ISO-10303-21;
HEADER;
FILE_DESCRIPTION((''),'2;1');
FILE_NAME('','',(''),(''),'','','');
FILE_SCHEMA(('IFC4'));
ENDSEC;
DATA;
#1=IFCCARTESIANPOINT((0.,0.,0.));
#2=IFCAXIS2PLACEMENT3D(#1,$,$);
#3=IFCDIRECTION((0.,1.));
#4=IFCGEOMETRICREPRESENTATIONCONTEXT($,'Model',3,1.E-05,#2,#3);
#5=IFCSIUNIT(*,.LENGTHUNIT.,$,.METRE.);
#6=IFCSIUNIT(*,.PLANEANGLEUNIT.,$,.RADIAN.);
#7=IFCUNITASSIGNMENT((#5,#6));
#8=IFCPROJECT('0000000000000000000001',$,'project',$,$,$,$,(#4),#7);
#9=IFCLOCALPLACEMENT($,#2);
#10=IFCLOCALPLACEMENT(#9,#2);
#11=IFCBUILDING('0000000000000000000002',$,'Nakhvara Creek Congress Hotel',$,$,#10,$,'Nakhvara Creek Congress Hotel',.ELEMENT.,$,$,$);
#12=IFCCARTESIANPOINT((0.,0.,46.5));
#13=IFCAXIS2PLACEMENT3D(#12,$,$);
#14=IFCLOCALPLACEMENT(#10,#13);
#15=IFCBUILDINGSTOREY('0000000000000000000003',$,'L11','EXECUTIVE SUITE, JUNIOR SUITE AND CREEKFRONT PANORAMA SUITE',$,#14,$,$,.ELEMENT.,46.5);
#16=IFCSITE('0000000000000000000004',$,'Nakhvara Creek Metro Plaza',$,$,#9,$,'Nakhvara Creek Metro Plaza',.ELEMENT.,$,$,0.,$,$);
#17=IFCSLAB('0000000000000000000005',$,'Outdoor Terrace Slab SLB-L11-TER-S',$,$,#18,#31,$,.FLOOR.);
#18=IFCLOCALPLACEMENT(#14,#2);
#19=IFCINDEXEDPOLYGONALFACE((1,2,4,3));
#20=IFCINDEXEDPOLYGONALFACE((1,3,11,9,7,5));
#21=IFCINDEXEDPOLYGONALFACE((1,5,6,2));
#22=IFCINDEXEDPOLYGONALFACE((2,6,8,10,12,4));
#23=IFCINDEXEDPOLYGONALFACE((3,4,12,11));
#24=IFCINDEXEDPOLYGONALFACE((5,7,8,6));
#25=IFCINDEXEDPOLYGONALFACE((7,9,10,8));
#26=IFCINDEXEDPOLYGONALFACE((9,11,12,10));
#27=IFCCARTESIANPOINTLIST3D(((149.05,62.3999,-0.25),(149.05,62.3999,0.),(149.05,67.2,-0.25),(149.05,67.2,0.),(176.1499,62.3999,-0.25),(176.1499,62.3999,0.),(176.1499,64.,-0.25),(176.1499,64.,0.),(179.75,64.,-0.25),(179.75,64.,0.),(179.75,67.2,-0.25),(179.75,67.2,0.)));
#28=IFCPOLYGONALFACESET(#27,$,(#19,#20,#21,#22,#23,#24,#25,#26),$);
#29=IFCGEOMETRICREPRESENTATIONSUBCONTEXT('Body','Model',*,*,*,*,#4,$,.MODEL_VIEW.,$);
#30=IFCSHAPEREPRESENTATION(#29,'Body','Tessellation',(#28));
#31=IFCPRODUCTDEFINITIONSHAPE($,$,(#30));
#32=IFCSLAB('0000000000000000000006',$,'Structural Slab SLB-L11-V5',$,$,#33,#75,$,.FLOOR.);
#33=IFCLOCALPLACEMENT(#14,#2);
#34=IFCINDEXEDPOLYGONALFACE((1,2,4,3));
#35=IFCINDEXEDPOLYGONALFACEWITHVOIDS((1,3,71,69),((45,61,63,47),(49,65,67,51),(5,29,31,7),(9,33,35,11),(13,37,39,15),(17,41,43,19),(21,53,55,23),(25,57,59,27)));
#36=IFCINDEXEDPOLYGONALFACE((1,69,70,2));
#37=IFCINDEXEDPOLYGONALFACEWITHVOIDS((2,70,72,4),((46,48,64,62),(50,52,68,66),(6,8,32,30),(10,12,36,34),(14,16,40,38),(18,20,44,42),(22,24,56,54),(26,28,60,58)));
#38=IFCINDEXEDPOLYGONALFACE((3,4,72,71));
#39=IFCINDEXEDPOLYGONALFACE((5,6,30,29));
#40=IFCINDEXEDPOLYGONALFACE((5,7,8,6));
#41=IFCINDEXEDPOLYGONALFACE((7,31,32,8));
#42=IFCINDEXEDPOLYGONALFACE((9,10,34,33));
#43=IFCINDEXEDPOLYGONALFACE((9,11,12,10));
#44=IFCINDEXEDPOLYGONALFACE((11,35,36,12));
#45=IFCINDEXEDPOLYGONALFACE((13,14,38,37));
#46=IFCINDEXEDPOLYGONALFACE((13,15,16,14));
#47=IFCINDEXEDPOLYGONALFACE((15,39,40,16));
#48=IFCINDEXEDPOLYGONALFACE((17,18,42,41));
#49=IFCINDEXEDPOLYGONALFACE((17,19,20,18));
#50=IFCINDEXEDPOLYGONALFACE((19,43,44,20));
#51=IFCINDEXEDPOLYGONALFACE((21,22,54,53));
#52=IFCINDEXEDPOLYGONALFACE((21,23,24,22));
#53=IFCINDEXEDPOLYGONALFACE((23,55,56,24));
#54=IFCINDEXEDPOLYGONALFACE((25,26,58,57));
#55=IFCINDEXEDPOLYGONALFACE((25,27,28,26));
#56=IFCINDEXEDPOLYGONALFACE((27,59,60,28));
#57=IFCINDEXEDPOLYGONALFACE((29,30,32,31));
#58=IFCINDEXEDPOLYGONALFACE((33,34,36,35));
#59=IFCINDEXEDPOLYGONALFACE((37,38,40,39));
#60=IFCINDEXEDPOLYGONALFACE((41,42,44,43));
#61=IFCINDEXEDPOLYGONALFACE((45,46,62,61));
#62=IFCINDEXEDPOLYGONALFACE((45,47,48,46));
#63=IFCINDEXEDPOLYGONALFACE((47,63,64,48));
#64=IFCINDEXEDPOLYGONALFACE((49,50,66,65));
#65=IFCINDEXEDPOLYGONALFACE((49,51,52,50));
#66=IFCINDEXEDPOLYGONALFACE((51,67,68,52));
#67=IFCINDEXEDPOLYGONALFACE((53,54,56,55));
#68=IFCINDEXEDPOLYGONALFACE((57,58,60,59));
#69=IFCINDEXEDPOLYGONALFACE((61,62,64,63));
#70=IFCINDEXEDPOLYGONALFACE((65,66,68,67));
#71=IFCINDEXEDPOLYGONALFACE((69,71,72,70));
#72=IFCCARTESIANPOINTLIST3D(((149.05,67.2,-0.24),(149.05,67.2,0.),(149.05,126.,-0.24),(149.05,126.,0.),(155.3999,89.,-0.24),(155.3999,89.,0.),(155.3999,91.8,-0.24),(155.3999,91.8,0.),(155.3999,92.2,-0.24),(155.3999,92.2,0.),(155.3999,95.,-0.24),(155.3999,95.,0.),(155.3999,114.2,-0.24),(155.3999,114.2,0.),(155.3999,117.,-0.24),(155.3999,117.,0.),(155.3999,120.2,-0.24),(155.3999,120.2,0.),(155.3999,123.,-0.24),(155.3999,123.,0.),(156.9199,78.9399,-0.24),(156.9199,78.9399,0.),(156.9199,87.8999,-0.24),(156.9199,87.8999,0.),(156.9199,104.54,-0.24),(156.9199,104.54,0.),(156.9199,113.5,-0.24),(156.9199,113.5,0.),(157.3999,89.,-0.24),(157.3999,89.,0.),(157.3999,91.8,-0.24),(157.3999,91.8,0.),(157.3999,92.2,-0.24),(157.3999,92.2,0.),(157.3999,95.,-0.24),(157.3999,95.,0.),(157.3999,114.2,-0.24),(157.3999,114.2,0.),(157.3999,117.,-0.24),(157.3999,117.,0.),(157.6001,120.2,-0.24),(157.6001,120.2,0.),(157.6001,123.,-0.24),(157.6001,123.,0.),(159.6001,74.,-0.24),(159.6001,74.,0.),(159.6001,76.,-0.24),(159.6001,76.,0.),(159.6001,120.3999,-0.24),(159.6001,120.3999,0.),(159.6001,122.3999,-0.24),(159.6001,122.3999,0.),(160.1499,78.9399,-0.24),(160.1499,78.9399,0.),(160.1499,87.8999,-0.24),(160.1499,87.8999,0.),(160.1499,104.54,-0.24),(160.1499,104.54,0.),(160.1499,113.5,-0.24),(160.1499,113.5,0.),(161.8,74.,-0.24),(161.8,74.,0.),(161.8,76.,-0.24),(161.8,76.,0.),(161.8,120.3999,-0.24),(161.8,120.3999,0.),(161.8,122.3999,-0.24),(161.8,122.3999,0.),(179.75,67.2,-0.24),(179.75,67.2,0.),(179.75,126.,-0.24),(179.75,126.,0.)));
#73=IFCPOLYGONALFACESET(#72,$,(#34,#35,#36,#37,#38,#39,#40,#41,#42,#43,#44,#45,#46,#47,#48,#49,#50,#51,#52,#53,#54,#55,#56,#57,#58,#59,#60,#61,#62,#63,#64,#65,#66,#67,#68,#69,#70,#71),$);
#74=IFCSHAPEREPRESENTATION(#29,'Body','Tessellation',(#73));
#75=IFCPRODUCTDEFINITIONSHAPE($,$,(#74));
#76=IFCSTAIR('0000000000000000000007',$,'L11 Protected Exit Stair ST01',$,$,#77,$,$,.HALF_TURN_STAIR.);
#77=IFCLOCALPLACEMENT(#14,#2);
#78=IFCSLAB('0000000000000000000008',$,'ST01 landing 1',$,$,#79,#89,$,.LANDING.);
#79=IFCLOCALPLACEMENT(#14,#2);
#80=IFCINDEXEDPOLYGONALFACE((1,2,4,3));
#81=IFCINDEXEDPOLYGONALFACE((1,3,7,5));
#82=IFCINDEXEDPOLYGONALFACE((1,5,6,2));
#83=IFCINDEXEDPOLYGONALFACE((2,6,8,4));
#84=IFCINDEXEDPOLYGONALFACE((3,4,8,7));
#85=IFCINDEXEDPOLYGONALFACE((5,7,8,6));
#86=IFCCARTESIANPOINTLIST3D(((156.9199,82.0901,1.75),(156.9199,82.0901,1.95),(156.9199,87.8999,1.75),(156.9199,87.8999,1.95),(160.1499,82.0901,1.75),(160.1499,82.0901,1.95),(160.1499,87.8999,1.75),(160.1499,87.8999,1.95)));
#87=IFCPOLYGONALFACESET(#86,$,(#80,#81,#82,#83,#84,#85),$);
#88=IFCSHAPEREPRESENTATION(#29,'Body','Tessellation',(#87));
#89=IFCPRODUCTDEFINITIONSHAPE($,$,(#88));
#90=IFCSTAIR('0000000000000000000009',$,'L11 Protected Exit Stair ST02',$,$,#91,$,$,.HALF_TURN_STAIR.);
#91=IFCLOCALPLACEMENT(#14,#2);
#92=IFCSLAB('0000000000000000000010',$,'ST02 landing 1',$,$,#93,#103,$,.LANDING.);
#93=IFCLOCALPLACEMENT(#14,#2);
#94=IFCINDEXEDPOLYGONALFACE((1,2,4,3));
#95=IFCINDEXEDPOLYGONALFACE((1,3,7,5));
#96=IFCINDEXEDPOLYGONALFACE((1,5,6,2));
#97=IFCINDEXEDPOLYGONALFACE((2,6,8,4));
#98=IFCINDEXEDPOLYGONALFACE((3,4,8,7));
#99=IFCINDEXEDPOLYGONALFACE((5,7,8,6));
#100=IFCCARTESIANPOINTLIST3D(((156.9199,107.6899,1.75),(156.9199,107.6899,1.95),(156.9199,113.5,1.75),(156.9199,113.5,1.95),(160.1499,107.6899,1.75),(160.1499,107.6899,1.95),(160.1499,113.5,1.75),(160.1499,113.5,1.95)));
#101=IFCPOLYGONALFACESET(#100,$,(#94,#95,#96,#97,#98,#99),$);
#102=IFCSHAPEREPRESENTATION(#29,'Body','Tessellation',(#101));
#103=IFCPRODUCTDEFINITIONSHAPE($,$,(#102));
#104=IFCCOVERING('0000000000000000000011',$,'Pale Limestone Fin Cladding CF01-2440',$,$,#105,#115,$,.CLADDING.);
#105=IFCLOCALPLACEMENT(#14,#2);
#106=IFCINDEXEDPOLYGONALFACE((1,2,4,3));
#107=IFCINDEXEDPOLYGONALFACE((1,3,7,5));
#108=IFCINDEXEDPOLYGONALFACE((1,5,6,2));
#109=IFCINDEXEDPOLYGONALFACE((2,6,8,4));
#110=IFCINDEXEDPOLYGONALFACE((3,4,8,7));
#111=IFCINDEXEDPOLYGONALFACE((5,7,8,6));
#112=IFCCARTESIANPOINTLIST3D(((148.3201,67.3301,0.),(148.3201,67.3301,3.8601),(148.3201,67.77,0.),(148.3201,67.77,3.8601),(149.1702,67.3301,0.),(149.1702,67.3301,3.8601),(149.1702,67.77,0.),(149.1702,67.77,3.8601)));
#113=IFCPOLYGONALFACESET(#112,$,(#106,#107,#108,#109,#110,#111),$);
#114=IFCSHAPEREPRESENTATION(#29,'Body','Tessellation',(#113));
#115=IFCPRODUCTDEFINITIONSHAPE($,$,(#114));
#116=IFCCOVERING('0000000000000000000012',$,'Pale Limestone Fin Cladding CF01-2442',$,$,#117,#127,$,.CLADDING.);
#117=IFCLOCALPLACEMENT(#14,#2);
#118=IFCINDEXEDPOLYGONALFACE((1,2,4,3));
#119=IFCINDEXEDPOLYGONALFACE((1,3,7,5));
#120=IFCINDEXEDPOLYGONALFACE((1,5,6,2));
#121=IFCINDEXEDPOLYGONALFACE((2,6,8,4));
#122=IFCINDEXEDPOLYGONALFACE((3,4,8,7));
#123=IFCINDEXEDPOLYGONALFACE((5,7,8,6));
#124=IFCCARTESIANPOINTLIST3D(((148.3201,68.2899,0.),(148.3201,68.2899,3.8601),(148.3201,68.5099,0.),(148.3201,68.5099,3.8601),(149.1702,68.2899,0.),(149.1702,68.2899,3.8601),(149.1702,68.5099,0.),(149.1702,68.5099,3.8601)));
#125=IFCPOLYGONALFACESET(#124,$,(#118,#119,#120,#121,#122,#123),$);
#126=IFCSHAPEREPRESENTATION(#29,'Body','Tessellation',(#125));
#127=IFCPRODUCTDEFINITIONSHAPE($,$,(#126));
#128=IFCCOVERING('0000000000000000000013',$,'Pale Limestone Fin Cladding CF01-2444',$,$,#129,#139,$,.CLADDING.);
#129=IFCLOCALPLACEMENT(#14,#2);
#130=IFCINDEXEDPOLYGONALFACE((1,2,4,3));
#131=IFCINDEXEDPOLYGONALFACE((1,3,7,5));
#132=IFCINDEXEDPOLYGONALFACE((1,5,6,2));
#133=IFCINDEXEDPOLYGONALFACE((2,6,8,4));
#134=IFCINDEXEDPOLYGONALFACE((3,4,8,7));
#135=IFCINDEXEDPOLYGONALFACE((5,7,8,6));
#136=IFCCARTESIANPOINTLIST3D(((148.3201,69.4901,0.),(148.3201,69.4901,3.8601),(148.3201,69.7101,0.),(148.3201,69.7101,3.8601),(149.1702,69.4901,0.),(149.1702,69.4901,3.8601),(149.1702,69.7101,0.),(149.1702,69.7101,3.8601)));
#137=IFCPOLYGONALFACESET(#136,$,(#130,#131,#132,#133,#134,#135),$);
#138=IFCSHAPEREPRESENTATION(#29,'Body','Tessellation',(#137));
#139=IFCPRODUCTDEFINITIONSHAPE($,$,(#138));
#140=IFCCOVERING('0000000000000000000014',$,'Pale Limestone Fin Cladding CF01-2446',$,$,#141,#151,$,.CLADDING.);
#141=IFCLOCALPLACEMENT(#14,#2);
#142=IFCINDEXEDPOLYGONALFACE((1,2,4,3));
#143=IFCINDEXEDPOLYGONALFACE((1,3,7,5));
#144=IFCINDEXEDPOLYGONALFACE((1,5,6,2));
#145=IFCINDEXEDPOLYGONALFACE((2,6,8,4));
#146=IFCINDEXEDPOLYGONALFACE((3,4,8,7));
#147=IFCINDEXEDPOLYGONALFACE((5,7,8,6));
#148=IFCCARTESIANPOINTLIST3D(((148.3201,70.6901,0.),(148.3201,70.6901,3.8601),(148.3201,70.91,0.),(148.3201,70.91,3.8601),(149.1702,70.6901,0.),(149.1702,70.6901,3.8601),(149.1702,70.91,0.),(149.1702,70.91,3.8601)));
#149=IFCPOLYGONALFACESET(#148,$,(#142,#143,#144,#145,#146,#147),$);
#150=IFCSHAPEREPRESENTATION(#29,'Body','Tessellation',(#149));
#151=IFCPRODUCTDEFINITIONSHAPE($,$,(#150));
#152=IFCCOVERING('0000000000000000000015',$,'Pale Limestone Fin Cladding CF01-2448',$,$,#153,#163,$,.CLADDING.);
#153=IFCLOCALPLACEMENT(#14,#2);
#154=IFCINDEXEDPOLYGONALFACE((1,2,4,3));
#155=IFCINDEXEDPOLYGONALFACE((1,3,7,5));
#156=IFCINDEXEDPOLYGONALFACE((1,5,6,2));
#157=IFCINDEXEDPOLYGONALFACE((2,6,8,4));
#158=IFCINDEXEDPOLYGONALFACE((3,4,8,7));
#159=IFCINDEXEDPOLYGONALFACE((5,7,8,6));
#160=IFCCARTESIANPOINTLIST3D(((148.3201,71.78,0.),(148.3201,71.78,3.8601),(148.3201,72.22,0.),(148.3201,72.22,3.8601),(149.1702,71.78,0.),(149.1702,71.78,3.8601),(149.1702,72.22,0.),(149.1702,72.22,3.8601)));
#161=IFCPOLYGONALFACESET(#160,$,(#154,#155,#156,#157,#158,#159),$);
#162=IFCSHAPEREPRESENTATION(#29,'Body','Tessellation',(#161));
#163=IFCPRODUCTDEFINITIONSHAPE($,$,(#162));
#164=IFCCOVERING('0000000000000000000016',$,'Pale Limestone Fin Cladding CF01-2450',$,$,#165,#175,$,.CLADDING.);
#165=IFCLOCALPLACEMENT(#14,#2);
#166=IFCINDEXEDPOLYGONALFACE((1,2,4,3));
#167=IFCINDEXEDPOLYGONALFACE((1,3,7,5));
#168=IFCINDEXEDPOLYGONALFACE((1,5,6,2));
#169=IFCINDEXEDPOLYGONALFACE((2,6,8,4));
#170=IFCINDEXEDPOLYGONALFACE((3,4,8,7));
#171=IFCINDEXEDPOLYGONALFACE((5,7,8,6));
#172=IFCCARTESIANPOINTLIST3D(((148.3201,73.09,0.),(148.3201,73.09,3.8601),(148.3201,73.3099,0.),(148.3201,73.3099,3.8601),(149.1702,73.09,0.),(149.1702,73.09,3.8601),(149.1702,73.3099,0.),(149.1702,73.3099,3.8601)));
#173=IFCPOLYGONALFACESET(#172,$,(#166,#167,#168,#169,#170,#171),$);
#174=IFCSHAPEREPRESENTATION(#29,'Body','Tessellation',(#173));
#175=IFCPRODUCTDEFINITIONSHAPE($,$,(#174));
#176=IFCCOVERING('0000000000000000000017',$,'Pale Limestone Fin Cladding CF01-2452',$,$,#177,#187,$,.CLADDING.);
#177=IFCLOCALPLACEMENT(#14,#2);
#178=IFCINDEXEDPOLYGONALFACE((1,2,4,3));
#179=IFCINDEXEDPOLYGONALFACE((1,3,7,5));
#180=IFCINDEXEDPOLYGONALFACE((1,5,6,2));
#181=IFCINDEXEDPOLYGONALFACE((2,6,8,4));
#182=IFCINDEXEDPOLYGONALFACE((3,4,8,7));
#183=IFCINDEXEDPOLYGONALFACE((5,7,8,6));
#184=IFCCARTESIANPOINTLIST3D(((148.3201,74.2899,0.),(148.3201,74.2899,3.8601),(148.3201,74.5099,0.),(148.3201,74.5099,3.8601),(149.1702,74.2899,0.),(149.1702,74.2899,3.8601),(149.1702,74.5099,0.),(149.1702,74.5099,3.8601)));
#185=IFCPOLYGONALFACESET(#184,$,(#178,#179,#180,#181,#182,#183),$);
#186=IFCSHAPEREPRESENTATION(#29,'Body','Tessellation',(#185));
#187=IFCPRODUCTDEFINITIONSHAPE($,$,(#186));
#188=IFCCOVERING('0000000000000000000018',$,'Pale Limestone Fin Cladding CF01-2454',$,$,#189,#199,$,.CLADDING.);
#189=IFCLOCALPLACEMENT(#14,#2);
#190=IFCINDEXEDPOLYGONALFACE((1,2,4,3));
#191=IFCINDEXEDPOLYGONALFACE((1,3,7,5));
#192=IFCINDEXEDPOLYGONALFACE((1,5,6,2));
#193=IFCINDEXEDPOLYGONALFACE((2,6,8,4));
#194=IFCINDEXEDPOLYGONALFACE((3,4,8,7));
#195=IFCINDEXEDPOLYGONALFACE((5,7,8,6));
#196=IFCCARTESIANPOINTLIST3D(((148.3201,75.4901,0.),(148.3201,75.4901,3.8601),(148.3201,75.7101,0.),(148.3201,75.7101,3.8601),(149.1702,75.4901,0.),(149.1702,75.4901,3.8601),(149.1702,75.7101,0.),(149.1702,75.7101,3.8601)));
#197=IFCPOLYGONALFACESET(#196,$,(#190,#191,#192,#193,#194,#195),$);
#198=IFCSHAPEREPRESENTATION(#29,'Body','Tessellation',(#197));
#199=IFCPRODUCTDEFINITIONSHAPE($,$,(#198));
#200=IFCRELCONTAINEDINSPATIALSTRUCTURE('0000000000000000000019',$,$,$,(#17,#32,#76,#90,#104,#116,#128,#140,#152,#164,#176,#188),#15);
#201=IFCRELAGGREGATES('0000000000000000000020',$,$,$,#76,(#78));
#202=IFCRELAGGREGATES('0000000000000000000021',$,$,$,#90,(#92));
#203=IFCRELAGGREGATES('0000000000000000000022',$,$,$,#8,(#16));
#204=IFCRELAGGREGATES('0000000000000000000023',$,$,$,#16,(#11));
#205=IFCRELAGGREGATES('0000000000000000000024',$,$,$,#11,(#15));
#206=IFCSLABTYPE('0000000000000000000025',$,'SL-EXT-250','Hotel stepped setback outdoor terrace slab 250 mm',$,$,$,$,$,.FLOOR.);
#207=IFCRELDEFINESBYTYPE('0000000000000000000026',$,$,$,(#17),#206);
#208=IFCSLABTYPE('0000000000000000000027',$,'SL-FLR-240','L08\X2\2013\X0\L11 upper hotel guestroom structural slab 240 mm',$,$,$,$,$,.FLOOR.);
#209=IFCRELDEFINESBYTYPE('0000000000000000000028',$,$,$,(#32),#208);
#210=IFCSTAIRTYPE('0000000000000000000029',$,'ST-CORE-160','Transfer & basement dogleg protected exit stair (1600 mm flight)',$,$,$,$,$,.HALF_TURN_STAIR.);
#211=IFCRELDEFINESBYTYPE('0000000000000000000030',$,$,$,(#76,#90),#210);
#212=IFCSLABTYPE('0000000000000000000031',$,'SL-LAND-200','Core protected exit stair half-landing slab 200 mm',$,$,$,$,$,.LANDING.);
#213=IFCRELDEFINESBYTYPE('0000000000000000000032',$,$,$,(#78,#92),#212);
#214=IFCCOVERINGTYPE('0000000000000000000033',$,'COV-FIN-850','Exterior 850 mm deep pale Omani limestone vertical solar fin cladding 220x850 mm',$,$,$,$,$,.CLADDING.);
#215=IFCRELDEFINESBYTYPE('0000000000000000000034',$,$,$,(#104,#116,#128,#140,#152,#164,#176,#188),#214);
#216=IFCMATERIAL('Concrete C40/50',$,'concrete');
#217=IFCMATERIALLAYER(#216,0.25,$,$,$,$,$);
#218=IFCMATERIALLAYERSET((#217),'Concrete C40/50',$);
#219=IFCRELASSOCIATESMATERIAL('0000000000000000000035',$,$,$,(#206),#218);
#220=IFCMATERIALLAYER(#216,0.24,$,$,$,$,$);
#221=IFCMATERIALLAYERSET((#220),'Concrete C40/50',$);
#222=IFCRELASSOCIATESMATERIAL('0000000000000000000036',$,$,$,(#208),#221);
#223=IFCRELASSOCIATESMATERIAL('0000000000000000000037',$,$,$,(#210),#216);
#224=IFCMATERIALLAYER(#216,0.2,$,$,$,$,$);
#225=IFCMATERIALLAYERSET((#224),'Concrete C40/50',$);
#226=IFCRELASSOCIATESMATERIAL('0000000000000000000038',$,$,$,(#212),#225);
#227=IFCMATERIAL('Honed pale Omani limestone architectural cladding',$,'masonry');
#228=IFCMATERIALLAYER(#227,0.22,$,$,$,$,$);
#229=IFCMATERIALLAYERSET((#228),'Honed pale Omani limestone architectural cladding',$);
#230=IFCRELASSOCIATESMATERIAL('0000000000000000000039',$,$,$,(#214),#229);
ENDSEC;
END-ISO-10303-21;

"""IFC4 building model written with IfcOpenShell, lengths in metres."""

from ifc_helpers import new_model, si_unit, direction, frame, origin, origin_2d, place, context, subcontext, project, spatial, polyline, rectangle, outline, extrude, material, layer, layer_set, type_object, element, aggregate, save


model = new_model("IFC4")

# Units and contexts
model_context = context("Model", 3, precision=1e-05, world=origin(), true_north=direction((0.0, 1.0)))
body_context = subcontext(model_context, "Body", "Model", "MODEL_VIEW")
ifc_project = project(units=[si_unit("LENGTHUNIT", "METRE"), si_unit("PLANEANGLEUNIT", "RADIAN")], contexts=[model_context])

# Site, building, storey
site_placement = place(None, origin())
site = spatial("IfcSite", under=ifc_project, at=site_placement, Name="Nakhvara Creek Metro Plaza", LongName="Nakhvara Creek Metro Plaza", CompositionType="ELEMENT", RefElevation=0.0)
building_placement = place(site_placement, origin())
building = spatial("IfcBuilding", under=site, at=building_placement, Name="Nakhvara Creek Congress Hotel", LongName="Nakhvara Creek Congress Hotel", CompositionType="ELEMENT")
storey_placement = place(building_placement, frame((0.0, 0.0, 46.5)))
storey = spatial("IfcBuildingStorey", under=building, at=storey_placement, Name="L11", Description="EXECUTIVE SUITE, JUNIOR SUITE AND CREEKFRONT PANORAMA SUITE", CompositionType="ELEMENT", Elevation=46.5)

# Slabs
ifc_material_1 = material(Name="Concrete C40/50", Category="concrete")
ifc_layer_1 = layer(ifc_material_1, 0.25)
ifc_layer_set_1 = layer_set([ifc_layer_1], Name="Concrete C40/50")
slab_type_1 = type_object("IfcSlabType", Name="SL-EXT-250", Description="Hotel stepped setback outdoor terrace slab 250 mm", PredefinedType="FLOOR", material=ifc_layer_set_1)
slab_1_placement = place(storey_placement, frame((0.0, 0.0, -0.25)))
element("IfcSlab", 1, at=slab_1_placement, inside=storey, type_object=slab_type_1, Name="Outdoor Terrace Slab SLB-L11-TER-S", PredefinedType="FLOOR", context=body_context, shape_type="SweptSolid", body=[
    extrude(outline(polyline([(149.05, 62.3999), (176.1499, 62.3999), (176.1499, 64.0), (179.75, 64.0), (179.75, 67.2), (149.05, 67.2), (149.05, 62.3999)])), origin(), (0.0, 0.0, 1.0), 0.25),
])
ifc_layer_2 = layer(ifc_material_1, 0.24)
ifc_layer_set_2 = layer_set([ifc_layer_2], Name="Concrete C40/50")
slab_type_2 = type_object("IfcSlabType", Name="SL-FLR-240", Description="L08–L11 upper hotel guestroom structural slab 240 mm", PredefinedType="FLOOR", material=ifc_layer_set_2)
slab_2_placement = place(storey_placement, frame((0.0, 0.0, -0.24)))
element("IfcSlab", 2, at=slab_2_placement, inside=storey, type_object=slab_type_2, Name="Structural Slab SLB-L11-V5", PredefinedType="FLOOR", context=body_context, shape_type="SweptSolid", body=[
    extrude(outline(polyline([(149.05, 126.0), (179.75, 126.0), (179.75, 67.2), (149.05, 67.2), (149.05, 126.0)]), holes=[polyline([(161.8, 74.0), (161.8, 76.0), (159.6001, 76.0), (159.6001, 74.0), (161.8, 74.0)]), polyline([(160.1499, 87.8999), (156.9199, 87.8999), (156.9199, 78.9399), (160.1499, 78.9399), (160.1499, 87.8999)]), polyline([(157.3999, 89.0), (157.3999, 91.8), (155.3999, 91.8), (155.3999, 89.0), (157.3999, 89.0)]), polyline([(157.3999, 92.2), (157.3999, 95.0), (155.3999, 95.0), (155.3999, 92.2), (157.3999, 92.2)]), polyline([(160.1499, 113.5), (156.9199, 113.5), (156.9199, 104.54), (160.1499, 104.54), (160.1499, 113.5)]), polyline([(157.3999, 114.2), (157.3999, 117.0), (155.3999, 117.0), (155.3999, 114.2), (157.3999, 114.2)]), polyline([(161.8, 120.3999), (161.8, 122.3999), (159.6001, 122.3999), (159.6001, 120.3999), (161.8, 120.3999)]), polyline([(157.6001, 120.2), (157.6001, 123.0), (155.3999, 123.0), (155.3999, 120.2), (157.6001, 120.2)])]), origin(), (0.0, 0.0, 1.0), 0.24),
])

# Stairs, slabs
stair_type = type_object("IfcStairType", Name="ST-CORE-160", Description="Transfer & basement dogleg protected exit stair (1600 mm flight)", PredefinedType="HALF_TURN_STAIR", material=ifc_material_1)
stair_1_placement = place(storey_placement, origin())
stair_1 = element("IfcStair", 3, at=stair_1_placement, inside=storey, type_object=stair_type, Name="L11 Protected Exit Stair ST01", PredefinedType="HALF_TURN_STAIR")
ifc_layer_3 = layer(ifc_material_1, 0.2)
ifc_layer_set_3 = layer_set([ifc_layer_3], Name="Concrete C40/50")
slab_type_3 = type_object("IfcSlabType", Name="SL-LAND-200", Description="Core protected exit stair half-landing slab 200 mm", PredefinedType="LANDING", material=ifc_layer_set_3)
slab_3_placement = place(storey_placement, frame((0.0, 0.0, 1.75)))
slab_3 = element("IfcSlab", 4, at=slab_3_placement, type_object=slab_type_3, Name="ST01 landing 1", PredefinedType="LANDING", context=body_context, shape_type="SweptSolid", body=[
    extrude(outline(polyline([(160.1499, 82.0901), (160.1499, 87.8999), (156.9199, 87.8999), (156.9199, 82.0901), (160.1499, 82.0901)])), origin(), (0.0, 0.0, 1.0), 0.2),
])
aggregate(stair_1, [slab_3])
stair_2_placement = place(storey_placement, origin())
stair_2 = element("IfcStair", 5, at=stair_2_placement, inside=storey, type_object=stair_type, Name="L11 Protected Exit Stair ST02", PredefinedType="HALF_TURN_STAIR")
slab_4_placement = place(storey_placement, frame((0.0, 0.0, 1.75)))
slab_4 = element("IfcSlab", 6, at=slab_4_placement, type_object=slab_type_3, Name="ST02 landing 1", PredefinedType="LANDING", context=body_context, shape_type="SweptSolid", body=[
    extrude(outline(polyline([(160.1499, 107.6899), (160.1499, 113.5), (156.9199, 113.5), (156.9199, 107.6899), (160.1499, 107.6899)])), origin(), (0.0, 0.0, 1.0), 0.2),
])
aggregate(stair_2, [slab_4])

# Coverings
ifc_material_2 = material(Name="Honed pale Omani limestone architectural cladding", Category="masonry")
ifc_layer_4 = layer(ifc_material_2, 0.22)
ifc_layer_set_4 = layer_set([ifc_layer_4], Name="Honed pale Omani limestone architectural cladding")
covering_type = type_object("IfcCoveringType", Name="COV-FIN-850", Description="Exterior 850 mm deep pale Omani limestone vertical solar fin cladding 220x850 mm", PredefinedType="CLADDING", material=ifc_layer_set_4)
covering_1_placement = place(storey_placement, frame((148.7451, 67.55, 0.0), z_axis=(0.0, 0.0, 1.0), x_axis=(0.0, 1.0, 0.0)))
element("IfcCovering", 7, at=covering_1_placement, inside=storey, type_object=covering_type, Name="Pale Limestone Fin Cladding CF01-2440", PredefinedType="CLADDING", context=body_context, shape_type="SweptSolid", body=[
    extrude(rectangle(XDim=0.4399, YDim=0.8501, at=origin_2d()), origin(), (0.0, 0.0, 1.0), 3.8601),
])
for number, where, z_axis, x_axis, name in (
    (8, (148.7451, 68.3999, 0.0), (0.0, 0.0, 1.0), (0.0, 1.0, 0.0), "Pale Limestone Fin Cladding CF01-2442"),
    (9, (148.7451, 69.6001, 0.0), (0.0, 0.0, 1.0), (0.0, 1.0, 0.0), "Pale Limestone Fin Cladding CF01-2444"),
    (10, (148.7451, 70.8, 0.0), (0.0, 0.0, 1.0), (0.0, 1.0, 0.0), "Pale Limestone Fin Cladding CF01-2446"),
):
    element("IfcCovering", number, at=place(storey_placement, frame(where, z_axis=z_axis, x_axis=x_axis)), inside=storey, type_object=covering_type, Name=name, PredefinedType="CLADDING", context=body_context, shape_type="SweptSolid", body=[
        extrude(rectangle(XDim=0.22, YDim=0.8501, at=origin_2d()), origin(), (0.0, 0.0, 1.0), 3.8601),
    ])
covering_2_placement = place(storey_placement, frame((148.7451, 72.0, 0.0), z_axis=(0.0, 0.0, 1.0), x_axis=(0.0, 1.0, 0.0)))
element("IfcCovering", 11, at=covering_2_placement, inside=storey, type_object=covering_type, Name="Pale Limestone Fin Cladding CF01-2448", PredefinedType="CLADDING", context=body_context, shape_type="SweptSolid", body=[
    extrude(rectangle(XDim=0.4399, YDim=0.8501, at=origin_2d()), origin(), (0.0, 0.0, 1.0), 3.8601),
])
for number, where, z_axis, x_axis, name in (
    (12, (148.7451, 73.2, 0.0), (0.0, 0.0, 1.0), (0.0, 1.0, 0.0), "Pale Limestone Fin Cladding CF01-2450"),
    (13, (148.7451, 74.3999, 0.0), (0.0, 0.0, 1.0), (0.0, 1.0, 0.0), "Pale Limestone Fin Cladding CF01-2452"),
    (14, (148.7451, 75.6001, 0.0), (0.0, 0.0, 1.0), (0.0, 1.0, 0.0), "Pale Limestone Fin Cladding CF01-2454"),
):
    element("IfcCovering", number, at=place(storey_placement, frame(where, z_axis=z_axis, x_axis=x_axis)), inside=storey, type_object=covering_type, Name=name, PredefinedType="CLADDING", context=body_context, shape_type="SweptSolid", body=[
        extrude(rectangle(XDim=0.22, YDim=0.8501, at=origin_2d()), origin(), (0.0, 0.0, 1.0), 3.8601),
    ])

save(model, "model.ifc")
